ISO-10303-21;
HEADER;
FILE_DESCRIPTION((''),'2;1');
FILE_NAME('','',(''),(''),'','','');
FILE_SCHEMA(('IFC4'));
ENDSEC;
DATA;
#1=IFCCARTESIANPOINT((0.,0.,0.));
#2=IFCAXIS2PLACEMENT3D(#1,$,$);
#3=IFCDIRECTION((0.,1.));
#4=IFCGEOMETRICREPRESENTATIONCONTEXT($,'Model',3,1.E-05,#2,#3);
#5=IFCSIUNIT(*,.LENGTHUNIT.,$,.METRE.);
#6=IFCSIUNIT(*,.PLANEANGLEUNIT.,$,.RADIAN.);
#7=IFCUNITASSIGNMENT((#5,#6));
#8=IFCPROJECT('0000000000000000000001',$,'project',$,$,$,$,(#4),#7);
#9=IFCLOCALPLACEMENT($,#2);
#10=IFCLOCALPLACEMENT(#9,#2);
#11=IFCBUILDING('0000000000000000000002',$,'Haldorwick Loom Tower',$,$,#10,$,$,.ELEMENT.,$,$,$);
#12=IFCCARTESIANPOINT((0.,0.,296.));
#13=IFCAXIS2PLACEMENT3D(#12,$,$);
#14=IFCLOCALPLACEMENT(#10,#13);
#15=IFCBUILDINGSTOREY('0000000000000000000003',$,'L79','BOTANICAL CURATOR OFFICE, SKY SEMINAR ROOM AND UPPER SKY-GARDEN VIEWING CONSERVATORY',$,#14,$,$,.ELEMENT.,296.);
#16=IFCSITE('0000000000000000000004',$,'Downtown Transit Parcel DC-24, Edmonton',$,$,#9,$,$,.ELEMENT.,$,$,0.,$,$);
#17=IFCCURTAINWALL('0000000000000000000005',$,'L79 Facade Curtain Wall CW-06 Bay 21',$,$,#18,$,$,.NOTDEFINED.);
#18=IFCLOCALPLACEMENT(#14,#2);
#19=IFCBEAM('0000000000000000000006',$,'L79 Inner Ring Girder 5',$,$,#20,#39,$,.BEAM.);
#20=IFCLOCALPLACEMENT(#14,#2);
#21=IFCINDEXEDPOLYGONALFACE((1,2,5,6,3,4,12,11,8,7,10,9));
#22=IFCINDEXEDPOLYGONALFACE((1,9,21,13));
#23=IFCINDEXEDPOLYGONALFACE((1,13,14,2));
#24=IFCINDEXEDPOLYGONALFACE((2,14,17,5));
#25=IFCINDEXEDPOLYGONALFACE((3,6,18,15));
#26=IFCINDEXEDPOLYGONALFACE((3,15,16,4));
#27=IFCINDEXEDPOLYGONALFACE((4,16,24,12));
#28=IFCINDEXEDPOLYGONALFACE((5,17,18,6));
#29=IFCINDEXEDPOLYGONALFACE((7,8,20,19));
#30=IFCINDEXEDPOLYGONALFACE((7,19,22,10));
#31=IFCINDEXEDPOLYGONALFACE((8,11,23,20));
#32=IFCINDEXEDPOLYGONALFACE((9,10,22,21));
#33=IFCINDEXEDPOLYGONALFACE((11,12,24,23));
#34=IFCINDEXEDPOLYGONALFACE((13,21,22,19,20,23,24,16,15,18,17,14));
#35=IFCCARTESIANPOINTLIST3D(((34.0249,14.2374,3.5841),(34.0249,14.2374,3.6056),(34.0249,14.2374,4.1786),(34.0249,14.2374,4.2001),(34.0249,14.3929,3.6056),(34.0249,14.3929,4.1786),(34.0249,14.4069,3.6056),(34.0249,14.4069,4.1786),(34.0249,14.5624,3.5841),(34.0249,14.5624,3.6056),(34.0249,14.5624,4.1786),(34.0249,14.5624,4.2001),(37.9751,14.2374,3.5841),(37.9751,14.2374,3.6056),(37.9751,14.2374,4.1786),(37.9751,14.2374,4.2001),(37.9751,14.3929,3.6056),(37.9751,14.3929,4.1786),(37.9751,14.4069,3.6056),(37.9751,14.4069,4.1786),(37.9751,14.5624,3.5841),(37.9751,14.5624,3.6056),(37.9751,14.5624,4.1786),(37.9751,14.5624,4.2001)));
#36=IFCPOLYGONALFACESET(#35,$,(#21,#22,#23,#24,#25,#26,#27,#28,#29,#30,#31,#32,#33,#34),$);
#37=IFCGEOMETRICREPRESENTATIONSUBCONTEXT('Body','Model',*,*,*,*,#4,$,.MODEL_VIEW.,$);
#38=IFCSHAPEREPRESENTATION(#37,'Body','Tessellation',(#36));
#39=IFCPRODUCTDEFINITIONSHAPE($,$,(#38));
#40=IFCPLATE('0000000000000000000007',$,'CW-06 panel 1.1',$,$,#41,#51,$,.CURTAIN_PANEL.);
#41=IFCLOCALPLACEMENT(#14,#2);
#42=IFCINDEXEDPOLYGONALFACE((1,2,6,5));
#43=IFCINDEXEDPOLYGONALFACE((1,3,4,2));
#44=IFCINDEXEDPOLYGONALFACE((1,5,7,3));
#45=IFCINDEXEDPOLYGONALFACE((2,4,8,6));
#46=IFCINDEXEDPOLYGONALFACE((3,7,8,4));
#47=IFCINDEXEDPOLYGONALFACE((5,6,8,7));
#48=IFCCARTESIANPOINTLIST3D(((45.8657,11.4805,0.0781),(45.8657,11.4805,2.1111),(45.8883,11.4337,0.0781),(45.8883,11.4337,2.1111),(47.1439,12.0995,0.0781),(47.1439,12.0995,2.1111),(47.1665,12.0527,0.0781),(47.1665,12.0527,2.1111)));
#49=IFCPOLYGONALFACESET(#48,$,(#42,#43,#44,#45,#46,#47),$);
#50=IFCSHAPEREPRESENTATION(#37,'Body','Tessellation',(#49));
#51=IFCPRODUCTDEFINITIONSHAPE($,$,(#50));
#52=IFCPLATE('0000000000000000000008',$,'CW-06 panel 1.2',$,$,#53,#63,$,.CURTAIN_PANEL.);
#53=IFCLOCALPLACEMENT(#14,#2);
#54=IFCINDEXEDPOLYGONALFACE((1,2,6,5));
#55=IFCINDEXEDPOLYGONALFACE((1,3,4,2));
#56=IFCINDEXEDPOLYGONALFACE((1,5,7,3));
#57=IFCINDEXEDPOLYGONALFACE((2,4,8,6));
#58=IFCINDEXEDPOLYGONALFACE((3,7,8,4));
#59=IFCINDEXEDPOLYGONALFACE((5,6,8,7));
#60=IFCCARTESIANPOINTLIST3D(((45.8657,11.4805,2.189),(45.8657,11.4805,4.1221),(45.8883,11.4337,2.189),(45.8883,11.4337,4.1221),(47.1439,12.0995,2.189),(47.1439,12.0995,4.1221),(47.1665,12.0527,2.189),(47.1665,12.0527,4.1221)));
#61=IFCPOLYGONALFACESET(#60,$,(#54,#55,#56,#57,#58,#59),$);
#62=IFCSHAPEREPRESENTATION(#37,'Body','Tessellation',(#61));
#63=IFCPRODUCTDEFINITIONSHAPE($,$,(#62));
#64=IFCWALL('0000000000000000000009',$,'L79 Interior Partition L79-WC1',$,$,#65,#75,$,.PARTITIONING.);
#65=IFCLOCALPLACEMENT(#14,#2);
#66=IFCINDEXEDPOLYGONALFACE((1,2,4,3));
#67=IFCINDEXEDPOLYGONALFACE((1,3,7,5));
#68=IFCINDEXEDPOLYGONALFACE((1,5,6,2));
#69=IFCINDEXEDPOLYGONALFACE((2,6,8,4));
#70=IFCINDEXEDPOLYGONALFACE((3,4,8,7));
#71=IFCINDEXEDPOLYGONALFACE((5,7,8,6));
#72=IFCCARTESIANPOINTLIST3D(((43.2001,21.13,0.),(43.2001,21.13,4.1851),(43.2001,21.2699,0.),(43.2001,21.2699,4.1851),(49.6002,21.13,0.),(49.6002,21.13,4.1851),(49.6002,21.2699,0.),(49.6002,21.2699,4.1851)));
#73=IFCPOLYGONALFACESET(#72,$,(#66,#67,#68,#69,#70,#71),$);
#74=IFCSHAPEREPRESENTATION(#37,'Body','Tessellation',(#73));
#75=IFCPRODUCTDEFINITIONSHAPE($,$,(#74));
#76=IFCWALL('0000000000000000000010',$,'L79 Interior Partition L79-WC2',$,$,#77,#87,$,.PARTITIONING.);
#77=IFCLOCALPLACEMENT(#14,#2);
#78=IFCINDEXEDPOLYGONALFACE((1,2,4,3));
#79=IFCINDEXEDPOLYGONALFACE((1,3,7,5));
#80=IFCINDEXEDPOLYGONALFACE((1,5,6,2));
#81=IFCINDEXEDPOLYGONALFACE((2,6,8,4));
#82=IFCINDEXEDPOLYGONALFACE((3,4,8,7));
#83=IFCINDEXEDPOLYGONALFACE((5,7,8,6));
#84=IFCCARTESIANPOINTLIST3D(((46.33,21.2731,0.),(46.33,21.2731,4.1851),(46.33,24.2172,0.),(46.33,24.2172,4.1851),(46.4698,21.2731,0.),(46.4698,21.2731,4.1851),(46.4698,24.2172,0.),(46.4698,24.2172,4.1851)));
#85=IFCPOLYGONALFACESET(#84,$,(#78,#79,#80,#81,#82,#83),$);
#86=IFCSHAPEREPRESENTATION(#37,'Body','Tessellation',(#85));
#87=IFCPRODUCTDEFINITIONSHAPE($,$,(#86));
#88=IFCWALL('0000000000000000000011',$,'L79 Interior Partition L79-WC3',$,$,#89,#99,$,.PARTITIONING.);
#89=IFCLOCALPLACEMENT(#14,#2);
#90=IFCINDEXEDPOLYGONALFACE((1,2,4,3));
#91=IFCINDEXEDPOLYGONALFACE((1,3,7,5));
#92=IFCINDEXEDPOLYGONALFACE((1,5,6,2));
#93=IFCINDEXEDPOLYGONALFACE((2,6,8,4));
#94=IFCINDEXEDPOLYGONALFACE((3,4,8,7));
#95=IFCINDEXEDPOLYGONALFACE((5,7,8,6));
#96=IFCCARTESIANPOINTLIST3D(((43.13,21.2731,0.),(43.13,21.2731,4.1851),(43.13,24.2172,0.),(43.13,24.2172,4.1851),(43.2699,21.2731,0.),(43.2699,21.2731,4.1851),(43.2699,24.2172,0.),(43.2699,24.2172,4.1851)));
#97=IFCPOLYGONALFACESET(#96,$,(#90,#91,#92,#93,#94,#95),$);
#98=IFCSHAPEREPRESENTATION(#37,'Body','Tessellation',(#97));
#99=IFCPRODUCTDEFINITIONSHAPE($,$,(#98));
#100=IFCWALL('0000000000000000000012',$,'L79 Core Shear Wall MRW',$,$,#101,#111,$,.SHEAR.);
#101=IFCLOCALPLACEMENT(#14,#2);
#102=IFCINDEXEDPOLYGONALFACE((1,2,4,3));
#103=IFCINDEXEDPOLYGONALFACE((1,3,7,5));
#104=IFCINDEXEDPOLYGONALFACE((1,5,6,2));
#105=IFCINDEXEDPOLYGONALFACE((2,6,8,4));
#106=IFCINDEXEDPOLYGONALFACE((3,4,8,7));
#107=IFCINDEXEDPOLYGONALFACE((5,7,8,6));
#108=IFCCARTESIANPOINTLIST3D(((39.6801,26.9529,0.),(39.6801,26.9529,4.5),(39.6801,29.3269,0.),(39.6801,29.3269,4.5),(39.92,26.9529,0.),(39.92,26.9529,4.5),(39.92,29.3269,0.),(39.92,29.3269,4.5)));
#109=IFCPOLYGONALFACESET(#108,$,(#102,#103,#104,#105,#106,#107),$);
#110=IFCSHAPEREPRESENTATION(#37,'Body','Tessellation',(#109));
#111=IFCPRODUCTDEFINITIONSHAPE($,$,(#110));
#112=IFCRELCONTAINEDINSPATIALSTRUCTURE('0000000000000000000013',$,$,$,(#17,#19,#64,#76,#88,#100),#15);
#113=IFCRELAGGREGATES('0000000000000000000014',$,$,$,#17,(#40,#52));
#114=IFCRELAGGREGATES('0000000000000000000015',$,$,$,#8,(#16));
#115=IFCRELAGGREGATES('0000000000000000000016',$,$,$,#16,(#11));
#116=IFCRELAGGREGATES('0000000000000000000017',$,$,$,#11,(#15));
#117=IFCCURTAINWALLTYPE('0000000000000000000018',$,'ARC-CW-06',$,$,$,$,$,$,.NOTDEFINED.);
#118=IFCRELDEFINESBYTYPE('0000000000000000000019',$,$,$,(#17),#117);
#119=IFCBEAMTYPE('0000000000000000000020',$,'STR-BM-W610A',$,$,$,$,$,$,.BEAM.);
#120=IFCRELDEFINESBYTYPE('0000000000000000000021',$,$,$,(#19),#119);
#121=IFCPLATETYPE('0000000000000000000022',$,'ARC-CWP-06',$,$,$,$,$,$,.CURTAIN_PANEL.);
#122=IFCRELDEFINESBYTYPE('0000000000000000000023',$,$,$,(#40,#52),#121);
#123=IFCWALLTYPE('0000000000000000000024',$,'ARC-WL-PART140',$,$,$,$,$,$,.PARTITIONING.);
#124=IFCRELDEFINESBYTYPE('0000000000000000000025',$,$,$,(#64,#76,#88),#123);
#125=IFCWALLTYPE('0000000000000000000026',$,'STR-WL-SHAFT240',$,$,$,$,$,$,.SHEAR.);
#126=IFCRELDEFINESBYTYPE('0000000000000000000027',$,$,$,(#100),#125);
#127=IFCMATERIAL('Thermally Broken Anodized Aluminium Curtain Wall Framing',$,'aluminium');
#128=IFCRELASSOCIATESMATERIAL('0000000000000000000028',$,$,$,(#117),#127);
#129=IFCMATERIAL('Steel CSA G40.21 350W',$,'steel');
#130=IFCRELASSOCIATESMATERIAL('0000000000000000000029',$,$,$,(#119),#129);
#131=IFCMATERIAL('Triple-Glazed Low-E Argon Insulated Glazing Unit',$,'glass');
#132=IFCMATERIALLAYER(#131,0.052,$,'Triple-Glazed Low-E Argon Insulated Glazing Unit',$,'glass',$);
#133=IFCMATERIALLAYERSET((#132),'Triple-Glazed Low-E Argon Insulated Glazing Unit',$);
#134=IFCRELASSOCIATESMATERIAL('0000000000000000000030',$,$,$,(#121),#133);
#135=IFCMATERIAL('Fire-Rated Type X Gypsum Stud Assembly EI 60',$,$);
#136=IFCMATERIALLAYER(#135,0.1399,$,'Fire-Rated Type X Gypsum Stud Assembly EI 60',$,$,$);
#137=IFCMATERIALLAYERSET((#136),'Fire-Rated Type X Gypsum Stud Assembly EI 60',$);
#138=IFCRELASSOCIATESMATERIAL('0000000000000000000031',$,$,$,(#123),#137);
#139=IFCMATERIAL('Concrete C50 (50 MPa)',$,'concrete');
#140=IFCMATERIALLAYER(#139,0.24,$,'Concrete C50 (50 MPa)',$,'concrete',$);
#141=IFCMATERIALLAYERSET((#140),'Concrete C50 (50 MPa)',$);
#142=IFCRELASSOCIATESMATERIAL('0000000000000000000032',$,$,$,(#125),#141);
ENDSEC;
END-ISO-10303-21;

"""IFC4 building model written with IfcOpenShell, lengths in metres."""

from ifc_helpers import new_model, si_unit, direction, frame, frame_2d, origin, origin_2d, place, context, subcontext, project, spatial, rectangle, i_section, extrude, material, layer, layer_set, material_profile, profile_set, type_object, element, aggregate, save


model = new_model("IFC4")

# Units and contexts
model_context = context("Model", 3, precision=1e-05, world=origin(), true_north=direction((0.0, 1.0)))
body_context = subcontext(model_context, "Body", "Model", "MODEL_VIEW")
ifc_project = project(units=[si_unit("LENGTHUNIT", "METRE"), si_unit("PLANEANGLEUNIT", "RADIAN")], contexts=[model_context])

# Site, building, storey
site_placement = place(None, origin())
site = spatial("IfcSite", under=ifc_project, at=site_placement, Name="Downtown Transit Parcel DC-24, Edmonton", CompositionType="ELEMENT", RefElevation=0.0)
building_placement = place(site_placement, origin())
building = spatial("IfcBuilding", under=site, at=building_placement, Name="Haldorwick Loom Tower", CompositionType="ELEMENT")
storey_placement = place(building_placement, frame((0.0, 0.0, 296.0)))
storey = spatial("IfcBuildingStorey", under=building, at=storey_placement, Name="L79", Description="BOTANICAL CURATOR OFFICE, SKY SEMINAR ROOM AND UPPER SKY-GARDEN VIEWING CONSERVATORY", CompositionType="ELEMENT", Elevation=296.0)

# Shared definitions
ifc_material_1 = material(Name="Concrete C50 (50 MPa)", Category="concrete")
ifc_material_2 = material(Name="Steel CSA G40.21 350W", Category="steel")

# Curtain wall
ifc_material_3 = material(Name="Thermally Broken Anodized Aluminium Curtain Wall Framing", Category="aluminium")
curtain_wall_type = type_object("IfcCurtainWallType", Name="ARC-CW-06", PredefinedType="NOTDEFINED", material=ifc_material_3)
curtain_wall_placement = place(storey_placement, origin())
curtain_wall = element("IfcCurtainWall", 1, at=curtain_wall_placement, inside=storey, type_object=curtain_wall_type, Name="L79 Facade Curtain Wall CW-06 Bay 21", PredefinedType="NOTDEFINED")

# Beam
ifc_material_profile_1 = material_profile(ifc_material_2, i_section(OverallWidth=0.325, OverallDepth=0.616, WebThickness=0.0139, FlangeThickness=0.0215, at=origin_2d()), Name="W610X174", Category="steel")
ifc_profile_set_1 = profile_set([ifc_material_profile_1], Name="Steel CSA G40.21 350W")
beam_type_1 = type_object("IfcBeamType", Name="STR-BM-W610A", PredefinedType="BEAM", material=ifc_profile_set_1)
beam_1_placement = place(storey_placement, frame((37.9751, 14.3999, 3.8921), z_axis=(-1.0, 0.0, 0.0), x_axis=(0.0, -1.0, 0.0)))
element("IfcBeam", 2, at=beam_1_placement, inside=storey, type_object=beam_type_1, Name="L79 Inner Ring Girder 5", PredefinedType="BEAM", context=body_context, shape_type="SweptSolid", body=[
    extrude(i_section(OverallWidth=0.325, OverallDepth=0.616, WebThickness=0.0139, FlangeThickness=0.0215, at=origin_2d()), origin(), (0.0, 0.0, 1.0), 3.9502),
])

# Plates
ifc_material_4 = material(Name="Triple-Glazed Low-E Argon Insulated Glazing Unit", Category="glass")
ifc_layer_1 = layer(ifc_material_4, 0.052, Name="Triple-Glazed Low-E Argon Insulated Glazing Unit", Category="glass")
ifc_layer_set_1 = layer_set([ifc_layer_1], Name="Triple-Glazed Low-E Argon Insulated Glazing Unit")
plate_type = type_object("IfcPlateType", Name="ARC-CWP-06", PredefinedType="CURTAIN_PANEL", material=ifc_layer_set_1)
plate_1_placement = place(storey_placement, frame((46.5161, 11.7666, 0.0781), z_axis=(0.0, 0.0, 1.0), x_axis=(0.900032, 0.435824, 0.0)))
plate_1 = element("IfcPlate", 3, at=plate_1_placement, type_object=plate_type, Name="CW-06 panel 1.1", PredefinedType="CURTAIN_PANEL", context=body_context, shape_type="SweptSolid", body=[
    extrude(rectangle(XDim=1.4202, YDim=0.052, at=origin_2d()), origin(), (0.0, 0.0, 1.0), 2.033),
])
plate_2_placement = place(storey_placement, frame((46.5161, 11.7666, 2.189), z_axis=(0.0, 0.0, 1.0), x_axis=(0.900032, 0.435824, 0.0)))
plate_2 = element("IfcPlate", 4, at=plate_2_placement, type_object=plate_type, Name="CW-06 panel 1.2", PredefinedType="CURTAIN_PANEL", context=body_context, shape_type="SweptSolid", body=[
    extrude(rectangle(XDim=1.4202, YDim=0.052, at=origin_2d()), origin(), (0.0, 0.0, 1.0), 1.9331),
])
aggregate(curtain_wall, [plate_1, plate_2])

# Walls
ifc_material_5 = material(Name="Fire-Rated Type X Gypsum Stud Assembly EI 60")
ifc_layer_2 = layer(ifc_material_5, 0.1399, Name="Fire-Rated Type X Gypsum Stud Assembly EI 60")
ifc_layer_set_2 = layer_set([ifc_layer_2], Name="Fire-Rated Type X Gypsum Stud Assembly EI 60")
wall_type_1 = type_object("IfcWallType", Name="ARC-WL-PART140", PredefinedType="PARTITIONING", material=ifc_layer_set_2)
wall_1_placement = place(storey_placement, frame((43.2, 21.2, 0.0), z_axis=(0.0, 0.0, 1.0), x_axis=(1.0, 0.0, 0.0)))
element("IfcWall", 5, at=wall_1_placement, inside=storey, type_object=wall_type_1, Name="L79 Interior Partition L79-WC1", PredefinedType="PARTITIONING", context=body_context, shape_type="SweptSolid", body=[
    extrude(rectangle(XDim=6.4001, YDim=0.1399, at=frame_2d((3.2002, 0.0))), origin(), (0.0, 0.0, 1.0), 4.1851),
])
for number, where, z_axis, x_axis, name in (
    (6, (46.3999, 21.2729, 0.0), (0.0, 0.0, 1.0), (0.0, 1.0, 0.0), "L79 Interior Partition L79-WC2"),
    (7, (43.2, 21.2729, 0.0), (0.0, 0.0, 1.0), (0.0, 1.0, 0.0), "L79 Interior Partition L79-WC3"),
):
    element("IfcWall", number, at=place(storey_placement, frame(where, z_axis=z_axis, x_axis=x_axis)), inside=storey, type_object=wall_type_1, Name=name, PredefinedType="PARTITIONING", context=body_context, shape_type="SweptSolid", body=[
        extrude(rectangle(XDim=2.9441, YDim=0.1399, at=frame_2d((1.4722, 0.0))), origin(), (0.0, 0.0, 1.0), 4.1851),
    ])
ifc_layer_3 = layer(ifc_material_1, 0.24, Name="Concrete C50 (50 MPa)", Category="concrete")
ifc_layer_set_3 = layer_set([ifc_layer_3], Name="Concrete C50 (50 MPa)")
wall_type_2 = type_object("IfcWallType", Name="STR-WL-SHAFT240", PredefinedType="SHEAR", material=ifc_layer_set_3)
wall_2_placement = place(storey_placement, frame((39.8, 26.9529, 0.0), z_axis=(0.0, 0.0, 1.0), x_axis=(0.0, 1.0, 0.0)))
element("IfcWall", 8, at=wall_2_placement, inside=storey, type_object=wall_type_2, Name="L79 Core Shear Wall MRW", PredefinedType="SHEAR", context=body_context, shape_type="SweptSolid", body=[
    extrude(rectangle(XDim=2.374, YDim=0.24, at=frame_2d((1.187, 0.0))), origin(), (0.0, 0.0, 1.0), 4.5),
])

save(model, "model.ifc")
